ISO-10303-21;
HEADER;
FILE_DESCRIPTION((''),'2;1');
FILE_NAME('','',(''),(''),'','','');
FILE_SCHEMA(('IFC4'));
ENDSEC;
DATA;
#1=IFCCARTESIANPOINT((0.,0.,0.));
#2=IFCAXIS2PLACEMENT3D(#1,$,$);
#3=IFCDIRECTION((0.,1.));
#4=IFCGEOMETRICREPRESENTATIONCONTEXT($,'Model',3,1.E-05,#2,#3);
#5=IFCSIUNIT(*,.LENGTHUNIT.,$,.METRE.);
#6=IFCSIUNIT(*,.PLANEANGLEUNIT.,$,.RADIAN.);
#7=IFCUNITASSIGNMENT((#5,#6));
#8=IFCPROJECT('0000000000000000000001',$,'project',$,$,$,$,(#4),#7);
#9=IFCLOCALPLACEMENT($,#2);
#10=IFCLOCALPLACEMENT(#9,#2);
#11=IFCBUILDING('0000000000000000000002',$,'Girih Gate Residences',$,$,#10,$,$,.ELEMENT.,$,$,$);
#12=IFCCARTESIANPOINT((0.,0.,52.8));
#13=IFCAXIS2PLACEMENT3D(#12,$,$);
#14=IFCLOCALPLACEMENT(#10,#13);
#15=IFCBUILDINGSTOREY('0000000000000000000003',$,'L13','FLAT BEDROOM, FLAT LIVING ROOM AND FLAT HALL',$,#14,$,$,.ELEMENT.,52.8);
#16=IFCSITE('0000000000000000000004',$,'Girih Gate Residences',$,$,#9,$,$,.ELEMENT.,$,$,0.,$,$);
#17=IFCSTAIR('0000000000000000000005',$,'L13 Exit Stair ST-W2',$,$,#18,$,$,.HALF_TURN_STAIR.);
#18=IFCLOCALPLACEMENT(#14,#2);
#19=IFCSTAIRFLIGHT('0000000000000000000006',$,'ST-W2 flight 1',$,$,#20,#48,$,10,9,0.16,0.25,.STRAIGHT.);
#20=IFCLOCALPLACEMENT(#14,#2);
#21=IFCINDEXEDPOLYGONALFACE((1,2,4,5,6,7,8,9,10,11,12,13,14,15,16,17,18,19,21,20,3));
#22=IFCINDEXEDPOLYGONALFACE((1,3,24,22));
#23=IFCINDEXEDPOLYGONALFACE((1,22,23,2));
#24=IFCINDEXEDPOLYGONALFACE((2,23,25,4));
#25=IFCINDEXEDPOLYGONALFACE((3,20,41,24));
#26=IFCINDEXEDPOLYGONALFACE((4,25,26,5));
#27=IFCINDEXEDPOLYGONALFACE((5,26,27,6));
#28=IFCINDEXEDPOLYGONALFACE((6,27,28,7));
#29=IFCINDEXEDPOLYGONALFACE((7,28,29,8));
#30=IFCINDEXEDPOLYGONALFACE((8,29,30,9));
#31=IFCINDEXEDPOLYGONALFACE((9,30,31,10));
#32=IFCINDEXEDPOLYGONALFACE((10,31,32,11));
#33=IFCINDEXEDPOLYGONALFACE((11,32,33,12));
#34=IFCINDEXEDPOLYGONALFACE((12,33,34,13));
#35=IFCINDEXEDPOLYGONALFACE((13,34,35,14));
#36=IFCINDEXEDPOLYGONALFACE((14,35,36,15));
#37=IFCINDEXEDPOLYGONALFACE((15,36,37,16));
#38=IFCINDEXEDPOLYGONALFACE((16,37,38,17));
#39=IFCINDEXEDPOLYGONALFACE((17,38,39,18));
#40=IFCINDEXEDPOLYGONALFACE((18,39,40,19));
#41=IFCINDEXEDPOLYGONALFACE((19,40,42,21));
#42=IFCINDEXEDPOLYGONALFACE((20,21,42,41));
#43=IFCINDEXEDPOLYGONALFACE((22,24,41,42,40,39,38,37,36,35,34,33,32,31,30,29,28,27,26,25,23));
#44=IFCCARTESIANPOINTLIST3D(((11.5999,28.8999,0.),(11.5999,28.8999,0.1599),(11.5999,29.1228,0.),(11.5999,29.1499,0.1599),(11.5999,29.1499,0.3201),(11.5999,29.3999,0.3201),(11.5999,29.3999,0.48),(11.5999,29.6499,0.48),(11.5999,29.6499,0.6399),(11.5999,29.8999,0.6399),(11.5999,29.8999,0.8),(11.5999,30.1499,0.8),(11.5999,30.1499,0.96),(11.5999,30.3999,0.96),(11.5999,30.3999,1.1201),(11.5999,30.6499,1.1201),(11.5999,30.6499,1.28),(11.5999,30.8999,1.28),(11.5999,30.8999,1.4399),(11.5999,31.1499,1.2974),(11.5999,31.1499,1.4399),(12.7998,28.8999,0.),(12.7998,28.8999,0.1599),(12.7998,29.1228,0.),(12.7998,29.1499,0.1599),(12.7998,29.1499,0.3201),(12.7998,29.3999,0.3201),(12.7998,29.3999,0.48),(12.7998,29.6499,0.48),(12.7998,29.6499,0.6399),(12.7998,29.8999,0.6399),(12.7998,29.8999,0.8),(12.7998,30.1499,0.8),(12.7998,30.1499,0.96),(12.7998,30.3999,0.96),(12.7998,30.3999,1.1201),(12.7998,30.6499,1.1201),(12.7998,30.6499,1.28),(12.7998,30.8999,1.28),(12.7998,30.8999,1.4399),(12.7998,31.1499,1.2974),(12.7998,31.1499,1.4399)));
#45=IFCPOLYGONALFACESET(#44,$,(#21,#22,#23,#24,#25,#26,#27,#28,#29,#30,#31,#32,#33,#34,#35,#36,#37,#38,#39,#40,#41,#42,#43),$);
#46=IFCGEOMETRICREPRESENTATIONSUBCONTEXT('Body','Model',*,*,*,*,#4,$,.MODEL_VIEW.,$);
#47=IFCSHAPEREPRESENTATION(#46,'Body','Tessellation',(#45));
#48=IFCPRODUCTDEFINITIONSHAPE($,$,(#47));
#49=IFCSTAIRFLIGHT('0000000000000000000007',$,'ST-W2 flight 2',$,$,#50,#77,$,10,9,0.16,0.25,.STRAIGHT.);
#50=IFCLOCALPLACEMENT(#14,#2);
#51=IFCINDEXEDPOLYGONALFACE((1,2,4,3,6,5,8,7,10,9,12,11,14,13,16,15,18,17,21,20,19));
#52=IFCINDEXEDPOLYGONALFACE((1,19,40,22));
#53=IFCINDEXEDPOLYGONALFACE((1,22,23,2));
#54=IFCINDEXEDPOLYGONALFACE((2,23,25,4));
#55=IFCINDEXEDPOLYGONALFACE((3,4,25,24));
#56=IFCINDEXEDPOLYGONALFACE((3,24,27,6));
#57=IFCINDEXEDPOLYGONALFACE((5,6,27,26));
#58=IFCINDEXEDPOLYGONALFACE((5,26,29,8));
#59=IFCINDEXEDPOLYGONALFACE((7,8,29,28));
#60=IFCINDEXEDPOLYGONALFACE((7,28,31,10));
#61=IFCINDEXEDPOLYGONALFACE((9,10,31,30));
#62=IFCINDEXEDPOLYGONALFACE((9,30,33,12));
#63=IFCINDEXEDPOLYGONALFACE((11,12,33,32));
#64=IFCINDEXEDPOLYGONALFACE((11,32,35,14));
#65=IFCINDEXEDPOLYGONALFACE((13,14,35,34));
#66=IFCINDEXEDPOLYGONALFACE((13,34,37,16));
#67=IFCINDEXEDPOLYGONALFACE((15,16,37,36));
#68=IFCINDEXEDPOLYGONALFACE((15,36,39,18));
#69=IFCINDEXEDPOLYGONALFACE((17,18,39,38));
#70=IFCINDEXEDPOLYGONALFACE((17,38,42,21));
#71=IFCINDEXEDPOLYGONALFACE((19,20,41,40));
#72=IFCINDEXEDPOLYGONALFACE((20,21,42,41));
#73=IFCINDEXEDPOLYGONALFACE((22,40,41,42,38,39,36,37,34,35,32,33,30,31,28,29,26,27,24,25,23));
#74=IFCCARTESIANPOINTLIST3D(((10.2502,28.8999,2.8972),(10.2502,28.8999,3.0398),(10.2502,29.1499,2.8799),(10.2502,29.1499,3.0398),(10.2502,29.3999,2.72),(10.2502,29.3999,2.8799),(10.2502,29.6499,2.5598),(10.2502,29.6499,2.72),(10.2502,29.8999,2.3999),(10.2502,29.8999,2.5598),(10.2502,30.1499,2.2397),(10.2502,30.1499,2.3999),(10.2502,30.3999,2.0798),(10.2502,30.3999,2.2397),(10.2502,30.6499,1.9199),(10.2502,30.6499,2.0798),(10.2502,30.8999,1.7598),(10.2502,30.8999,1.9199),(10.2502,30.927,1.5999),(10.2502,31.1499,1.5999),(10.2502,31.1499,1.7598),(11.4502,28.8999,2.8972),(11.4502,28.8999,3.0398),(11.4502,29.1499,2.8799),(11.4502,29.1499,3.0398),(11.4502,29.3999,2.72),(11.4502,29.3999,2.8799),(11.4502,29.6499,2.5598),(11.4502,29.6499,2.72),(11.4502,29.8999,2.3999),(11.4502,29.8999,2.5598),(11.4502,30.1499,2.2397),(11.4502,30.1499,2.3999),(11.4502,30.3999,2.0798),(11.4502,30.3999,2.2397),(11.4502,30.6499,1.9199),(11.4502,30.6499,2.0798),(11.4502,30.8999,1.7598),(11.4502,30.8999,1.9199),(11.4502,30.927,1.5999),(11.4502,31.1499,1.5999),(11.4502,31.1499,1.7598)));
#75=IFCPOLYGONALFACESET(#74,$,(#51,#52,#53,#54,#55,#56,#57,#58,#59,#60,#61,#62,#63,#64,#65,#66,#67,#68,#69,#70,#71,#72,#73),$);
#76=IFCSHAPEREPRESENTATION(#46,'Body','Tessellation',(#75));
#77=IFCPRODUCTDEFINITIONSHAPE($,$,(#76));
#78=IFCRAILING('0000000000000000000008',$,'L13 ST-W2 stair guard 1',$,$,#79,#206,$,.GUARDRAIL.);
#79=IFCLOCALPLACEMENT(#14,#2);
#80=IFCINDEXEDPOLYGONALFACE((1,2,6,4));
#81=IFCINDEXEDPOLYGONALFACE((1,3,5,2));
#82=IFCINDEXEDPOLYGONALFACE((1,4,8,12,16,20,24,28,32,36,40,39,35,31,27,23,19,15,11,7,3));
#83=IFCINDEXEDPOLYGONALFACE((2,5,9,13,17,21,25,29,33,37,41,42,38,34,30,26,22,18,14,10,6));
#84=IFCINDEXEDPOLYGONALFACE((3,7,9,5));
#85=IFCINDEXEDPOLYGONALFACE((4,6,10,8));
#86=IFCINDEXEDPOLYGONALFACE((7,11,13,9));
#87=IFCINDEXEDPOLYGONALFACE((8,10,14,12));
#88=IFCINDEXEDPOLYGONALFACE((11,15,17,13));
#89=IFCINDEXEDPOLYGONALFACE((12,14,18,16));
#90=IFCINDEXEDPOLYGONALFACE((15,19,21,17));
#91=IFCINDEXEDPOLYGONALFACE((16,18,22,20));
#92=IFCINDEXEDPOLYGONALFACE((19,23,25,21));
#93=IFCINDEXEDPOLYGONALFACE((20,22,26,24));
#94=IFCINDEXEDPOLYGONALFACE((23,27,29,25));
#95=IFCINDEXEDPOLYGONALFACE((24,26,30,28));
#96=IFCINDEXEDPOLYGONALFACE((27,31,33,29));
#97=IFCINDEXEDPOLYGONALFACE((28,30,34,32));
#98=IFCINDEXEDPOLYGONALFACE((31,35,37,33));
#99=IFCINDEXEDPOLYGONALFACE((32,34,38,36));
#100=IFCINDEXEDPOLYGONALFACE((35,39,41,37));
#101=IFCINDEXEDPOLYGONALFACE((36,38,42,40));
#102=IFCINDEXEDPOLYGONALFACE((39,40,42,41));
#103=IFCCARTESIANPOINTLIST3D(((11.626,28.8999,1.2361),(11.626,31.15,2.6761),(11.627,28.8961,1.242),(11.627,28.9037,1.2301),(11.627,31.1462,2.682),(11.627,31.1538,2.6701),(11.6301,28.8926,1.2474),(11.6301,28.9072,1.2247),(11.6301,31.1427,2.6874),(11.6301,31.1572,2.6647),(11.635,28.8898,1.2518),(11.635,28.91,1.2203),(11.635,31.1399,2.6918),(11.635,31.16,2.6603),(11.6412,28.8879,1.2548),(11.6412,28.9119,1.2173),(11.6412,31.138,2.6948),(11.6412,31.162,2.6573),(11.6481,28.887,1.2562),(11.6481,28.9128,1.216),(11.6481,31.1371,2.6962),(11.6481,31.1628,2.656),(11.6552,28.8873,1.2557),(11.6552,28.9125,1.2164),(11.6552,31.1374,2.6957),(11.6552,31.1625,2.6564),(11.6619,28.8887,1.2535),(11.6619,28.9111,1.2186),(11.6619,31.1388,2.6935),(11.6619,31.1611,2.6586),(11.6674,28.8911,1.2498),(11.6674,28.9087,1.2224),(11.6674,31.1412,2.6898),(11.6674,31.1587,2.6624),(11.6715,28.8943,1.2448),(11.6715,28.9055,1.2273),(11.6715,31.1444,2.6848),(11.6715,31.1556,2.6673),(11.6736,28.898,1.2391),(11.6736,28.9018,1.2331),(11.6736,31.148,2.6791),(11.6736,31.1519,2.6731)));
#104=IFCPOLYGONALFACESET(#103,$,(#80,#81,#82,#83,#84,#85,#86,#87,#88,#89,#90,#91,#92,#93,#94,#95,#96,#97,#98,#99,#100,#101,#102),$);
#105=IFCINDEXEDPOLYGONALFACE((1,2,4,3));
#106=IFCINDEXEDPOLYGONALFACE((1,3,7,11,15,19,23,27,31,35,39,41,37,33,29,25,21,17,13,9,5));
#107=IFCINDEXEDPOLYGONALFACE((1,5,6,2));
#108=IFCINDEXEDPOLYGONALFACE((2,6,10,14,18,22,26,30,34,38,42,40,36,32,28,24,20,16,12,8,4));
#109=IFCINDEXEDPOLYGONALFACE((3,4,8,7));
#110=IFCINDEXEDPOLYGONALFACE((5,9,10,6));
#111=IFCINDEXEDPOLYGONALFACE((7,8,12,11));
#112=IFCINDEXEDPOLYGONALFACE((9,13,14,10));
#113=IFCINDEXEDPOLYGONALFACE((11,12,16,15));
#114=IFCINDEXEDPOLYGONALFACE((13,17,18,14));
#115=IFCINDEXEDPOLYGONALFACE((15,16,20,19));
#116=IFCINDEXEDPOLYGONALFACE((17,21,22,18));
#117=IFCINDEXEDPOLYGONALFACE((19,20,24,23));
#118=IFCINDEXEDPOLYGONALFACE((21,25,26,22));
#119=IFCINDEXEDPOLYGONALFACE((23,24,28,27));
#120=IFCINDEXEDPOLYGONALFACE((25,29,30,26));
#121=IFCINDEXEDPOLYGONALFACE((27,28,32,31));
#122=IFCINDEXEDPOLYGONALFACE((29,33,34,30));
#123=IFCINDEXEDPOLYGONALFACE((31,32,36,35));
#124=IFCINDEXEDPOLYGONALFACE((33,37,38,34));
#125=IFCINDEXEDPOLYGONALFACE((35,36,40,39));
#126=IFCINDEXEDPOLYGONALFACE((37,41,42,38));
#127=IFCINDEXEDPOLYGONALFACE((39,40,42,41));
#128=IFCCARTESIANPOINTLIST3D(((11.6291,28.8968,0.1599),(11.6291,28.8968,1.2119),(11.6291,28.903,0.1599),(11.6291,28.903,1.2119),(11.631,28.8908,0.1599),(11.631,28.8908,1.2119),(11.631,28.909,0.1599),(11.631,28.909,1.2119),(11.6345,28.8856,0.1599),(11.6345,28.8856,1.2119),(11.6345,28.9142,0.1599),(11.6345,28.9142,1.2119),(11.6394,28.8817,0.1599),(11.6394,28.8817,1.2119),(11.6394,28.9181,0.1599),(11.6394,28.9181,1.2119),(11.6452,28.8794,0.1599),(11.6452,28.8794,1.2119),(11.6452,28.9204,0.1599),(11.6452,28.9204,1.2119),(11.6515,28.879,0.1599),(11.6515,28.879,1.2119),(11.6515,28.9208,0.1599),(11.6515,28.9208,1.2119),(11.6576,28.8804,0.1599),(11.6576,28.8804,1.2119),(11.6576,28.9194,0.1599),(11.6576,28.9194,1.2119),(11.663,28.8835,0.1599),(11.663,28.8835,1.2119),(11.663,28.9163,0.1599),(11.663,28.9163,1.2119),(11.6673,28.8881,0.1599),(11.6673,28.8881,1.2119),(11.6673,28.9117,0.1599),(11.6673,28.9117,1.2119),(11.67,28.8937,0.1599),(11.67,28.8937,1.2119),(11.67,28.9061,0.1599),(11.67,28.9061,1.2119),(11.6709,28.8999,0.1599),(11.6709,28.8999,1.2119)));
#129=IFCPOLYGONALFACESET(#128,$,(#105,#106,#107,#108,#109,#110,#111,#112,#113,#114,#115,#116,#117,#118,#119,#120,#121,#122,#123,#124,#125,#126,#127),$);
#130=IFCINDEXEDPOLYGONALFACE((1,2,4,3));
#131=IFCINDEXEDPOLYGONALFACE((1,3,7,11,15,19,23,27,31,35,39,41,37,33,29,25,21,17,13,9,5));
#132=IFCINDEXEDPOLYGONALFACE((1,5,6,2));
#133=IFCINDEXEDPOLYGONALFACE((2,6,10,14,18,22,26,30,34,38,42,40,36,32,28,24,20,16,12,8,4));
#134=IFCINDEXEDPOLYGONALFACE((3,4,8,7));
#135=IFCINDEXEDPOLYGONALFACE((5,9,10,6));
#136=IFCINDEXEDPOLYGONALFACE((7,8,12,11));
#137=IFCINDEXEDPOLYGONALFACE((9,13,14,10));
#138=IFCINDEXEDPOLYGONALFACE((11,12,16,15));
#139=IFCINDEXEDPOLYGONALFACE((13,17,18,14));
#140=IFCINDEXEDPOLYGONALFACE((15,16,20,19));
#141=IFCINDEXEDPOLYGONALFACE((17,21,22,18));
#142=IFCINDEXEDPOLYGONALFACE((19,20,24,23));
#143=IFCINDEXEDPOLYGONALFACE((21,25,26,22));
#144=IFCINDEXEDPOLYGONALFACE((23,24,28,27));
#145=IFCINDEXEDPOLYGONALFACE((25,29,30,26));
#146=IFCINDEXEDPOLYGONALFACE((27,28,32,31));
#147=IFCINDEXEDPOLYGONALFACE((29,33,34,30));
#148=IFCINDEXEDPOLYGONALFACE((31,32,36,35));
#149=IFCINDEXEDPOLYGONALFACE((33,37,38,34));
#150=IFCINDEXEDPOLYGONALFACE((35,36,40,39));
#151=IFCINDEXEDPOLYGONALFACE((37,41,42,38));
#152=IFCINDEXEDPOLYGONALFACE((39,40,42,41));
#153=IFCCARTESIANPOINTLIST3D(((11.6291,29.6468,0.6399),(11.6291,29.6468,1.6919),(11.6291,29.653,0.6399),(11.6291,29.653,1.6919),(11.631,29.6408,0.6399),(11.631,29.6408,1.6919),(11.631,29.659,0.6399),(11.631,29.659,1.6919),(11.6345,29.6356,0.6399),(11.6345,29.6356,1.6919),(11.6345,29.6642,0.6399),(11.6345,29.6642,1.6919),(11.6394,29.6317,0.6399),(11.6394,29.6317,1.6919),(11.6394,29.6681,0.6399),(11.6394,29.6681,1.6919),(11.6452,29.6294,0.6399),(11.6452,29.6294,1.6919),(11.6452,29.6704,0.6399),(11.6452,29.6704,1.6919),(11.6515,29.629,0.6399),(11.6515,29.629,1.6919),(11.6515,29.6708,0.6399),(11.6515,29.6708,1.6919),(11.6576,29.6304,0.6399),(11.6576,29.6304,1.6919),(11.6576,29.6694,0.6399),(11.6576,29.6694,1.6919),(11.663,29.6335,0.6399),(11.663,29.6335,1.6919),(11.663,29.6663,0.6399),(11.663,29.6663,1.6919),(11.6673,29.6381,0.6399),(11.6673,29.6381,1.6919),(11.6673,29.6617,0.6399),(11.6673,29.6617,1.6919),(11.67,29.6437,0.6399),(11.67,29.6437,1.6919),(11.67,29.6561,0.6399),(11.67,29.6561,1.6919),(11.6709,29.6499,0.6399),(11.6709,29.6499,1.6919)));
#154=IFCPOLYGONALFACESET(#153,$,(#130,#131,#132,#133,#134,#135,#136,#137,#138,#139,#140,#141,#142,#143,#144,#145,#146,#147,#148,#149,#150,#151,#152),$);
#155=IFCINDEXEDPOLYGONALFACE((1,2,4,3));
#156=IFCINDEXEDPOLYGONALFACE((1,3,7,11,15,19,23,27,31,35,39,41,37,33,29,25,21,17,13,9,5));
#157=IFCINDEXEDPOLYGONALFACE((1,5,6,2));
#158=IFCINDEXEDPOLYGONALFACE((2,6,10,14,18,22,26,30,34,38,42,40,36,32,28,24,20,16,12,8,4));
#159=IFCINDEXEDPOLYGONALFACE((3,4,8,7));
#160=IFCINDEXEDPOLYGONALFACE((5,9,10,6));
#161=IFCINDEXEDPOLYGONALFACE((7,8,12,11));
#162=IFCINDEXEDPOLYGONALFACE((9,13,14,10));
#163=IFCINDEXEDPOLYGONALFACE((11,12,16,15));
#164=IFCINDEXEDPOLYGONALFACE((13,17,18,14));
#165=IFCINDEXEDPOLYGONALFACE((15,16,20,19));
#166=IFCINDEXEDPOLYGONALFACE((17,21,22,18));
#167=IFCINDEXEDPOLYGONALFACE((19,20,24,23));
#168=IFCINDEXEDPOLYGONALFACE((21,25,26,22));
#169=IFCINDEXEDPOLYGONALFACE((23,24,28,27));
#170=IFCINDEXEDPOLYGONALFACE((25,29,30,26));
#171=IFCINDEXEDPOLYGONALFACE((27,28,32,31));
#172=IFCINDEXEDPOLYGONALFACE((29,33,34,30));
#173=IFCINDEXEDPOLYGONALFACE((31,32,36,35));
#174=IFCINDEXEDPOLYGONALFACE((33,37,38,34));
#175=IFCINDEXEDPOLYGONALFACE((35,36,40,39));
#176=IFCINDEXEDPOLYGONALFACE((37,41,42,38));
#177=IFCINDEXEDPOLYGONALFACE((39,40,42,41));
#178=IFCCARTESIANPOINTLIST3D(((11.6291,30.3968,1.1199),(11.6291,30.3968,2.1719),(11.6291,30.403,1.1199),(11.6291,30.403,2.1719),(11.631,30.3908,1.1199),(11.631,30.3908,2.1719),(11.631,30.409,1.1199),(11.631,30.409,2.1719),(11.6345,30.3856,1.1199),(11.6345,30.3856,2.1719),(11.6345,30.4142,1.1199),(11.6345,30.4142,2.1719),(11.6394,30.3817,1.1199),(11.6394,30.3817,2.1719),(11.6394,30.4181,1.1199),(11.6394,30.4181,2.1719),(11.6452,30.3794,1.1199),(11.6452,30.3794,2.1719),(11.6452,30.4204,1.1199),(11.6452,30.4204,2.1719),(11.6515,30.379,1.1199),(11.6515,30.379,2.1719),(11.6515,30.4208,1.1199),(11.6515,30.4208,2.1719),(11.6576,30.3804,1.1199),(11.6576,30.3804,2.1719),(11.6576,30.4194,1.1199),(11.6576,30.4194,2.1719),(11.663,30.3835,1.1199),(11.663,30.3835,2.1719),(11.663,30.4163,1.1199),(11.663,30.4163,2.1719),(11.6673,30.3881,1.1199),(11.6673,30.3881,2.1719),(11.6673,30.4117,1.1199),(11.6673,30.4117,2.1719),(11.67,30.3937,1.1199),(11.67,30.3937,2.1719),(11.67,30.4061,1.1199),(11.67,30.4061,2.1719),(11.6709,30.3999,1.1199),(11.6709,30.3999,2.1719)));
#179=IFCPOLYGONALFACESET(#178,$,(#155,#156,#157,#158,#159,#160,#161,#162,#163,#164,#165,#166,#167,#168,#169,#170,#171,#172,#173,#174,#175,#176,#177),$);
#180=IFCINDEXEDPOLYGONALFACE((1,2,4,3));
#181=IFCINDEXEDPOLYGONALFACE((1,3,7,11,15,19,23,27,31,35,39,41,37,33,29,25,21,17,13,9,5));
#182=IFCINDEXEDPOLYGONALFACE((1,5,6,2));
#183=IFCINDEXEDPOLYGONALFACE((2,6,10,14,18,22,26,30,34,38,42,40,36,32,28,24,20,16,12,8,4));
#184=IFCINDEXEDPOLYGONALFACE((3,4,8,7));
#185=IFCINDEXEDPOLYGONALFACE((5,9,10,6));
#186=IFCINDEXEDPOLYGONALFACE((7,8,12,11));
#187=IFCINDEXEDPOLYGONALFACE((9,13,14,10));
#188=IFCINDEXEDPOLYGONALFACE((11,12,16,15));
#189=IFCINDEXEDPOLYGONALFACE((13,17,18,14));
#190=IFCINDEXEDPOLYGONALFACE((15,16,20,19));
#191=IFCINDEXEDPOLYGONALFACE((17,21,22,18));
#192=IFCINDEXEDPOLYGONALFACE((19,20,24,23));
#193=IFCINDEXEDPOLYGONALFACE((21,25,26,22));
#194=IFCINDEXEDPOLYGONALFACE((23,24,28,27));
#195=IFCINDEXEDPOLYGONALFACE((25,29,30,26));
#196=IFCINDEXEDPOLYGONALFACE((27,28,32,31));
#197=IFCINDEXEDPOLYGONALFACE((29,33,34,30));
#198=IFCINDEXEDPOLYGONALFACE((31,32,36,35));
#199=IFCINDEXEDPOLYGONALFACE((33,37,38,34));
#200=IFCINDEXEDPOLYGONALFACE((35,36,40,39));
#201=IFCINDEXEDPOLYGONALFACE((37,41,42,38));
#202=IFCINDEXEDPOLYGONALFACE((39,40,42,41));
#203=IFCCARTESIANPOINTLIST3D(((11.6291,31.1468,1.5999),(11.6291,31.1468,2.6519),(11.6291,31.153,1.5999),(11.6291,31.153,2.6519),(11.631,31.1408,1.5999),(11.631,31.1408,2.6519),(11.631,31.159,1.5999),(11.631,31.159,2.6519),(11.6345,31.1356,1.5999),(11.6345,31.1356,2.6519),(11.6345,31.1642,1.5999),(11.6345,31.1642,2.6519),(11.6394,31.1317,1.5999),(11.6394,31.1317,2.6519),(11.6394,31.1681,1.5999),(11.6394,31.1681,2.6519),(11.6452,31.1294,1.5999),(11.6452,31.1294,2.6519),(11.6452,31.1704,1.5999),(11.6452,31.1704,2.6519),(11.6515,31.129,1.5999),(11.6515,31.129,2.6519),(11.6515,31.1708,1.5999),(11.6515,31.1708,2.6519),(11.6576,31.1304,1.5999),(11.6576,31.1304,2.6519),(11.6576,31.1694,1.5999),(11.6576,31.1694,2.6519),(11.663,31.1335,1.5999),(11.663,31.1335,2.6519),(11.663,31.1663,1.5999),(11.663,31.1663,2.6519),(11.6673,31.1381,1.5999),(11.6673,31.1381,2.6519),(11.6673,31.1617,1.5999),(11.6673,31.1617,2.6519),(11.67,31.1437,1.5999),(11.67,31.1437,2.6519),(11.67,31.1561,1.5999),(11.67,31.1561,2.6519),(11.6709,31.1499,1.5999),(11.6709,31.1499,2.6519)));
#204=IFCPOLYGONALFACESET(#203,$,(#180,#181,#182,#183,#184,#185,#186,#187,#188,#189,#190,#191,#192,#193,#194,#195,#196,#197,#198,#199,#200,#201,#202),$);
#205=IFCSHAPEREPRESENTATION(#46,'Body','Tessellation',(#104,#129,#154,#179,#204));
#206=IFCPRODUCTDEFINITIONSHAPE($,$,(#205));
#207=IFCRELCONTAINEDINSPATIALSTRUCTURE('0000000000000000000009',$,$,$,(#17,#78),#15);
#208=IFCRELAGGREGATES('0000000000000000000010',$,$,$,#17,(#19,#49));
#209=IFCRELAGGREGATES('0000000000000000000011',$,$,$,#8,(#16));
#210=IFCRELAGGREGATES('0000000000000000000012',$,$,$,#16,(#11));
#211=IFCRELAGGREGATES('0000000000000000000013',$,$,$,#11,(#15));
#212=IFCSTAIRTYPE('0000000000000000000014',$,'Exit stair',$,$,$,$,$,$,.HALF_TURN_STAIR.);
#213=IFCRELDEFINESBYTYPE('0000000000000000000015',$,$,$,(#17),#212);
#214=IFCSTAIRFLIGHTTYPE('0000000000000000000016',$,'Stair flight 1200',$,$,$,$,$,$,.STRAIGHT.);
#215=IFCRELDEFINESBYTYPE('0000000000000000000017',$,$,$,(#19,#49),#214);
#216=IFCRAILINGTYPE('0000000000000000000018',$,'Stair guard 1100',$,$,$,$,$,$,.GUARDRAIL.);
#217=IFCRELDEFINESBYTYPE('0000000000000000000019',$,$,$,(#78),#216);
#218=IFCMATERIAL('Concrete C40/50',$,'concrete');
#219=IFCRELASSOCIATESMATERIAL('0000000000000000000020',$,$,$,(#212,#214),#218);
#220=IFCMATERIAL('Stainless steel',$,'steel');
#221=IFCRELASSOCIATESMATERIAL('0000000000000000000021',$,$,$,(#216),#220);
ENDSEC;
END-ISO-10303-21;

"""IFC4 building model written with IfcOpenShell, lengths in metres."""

from ifc_helpers import new_model, si_unit, direction, frame, origin, origin_2d, place, context, subcontext, project, spatial, polyline, circle, outline, extrude, material, type_object, element, aggregate, save


model = new_model("IFC4")

# Units and contexts
model_context = context("Model", 3, precision=1e-05, world=origin(), true_north=direction((0.0, 1.0)))
body_context = subcontext(model_context, "Body", "Model", "MODEL_VIEW")
ifc_project = project(units=[si_unit("LENGTHUNIT", "METRE"), si_unit("PLANEANGLEUNIT", "RADIAN")], contexts=[model_context])

# Site, building, storey
site_placement = place(None, origin())
site = spatial("IfcSite", under=ifc_project, at=site_placement, Name="Girih Gate Residences", CompositionType="ELEMENT", RefElevation=0.0)
building_placement = place(site_placement, origin())
building = spatial("IfcBuilding", under=site, at=building_placement, Name="Girih Gate Residences", CompositionType="ELEMENT")
storey_placement = place(building_placement, frame((0.0, 0.0, 52.8)))
storey = spatial("IfcBuildingStorey", under=building, at=storey_placement, Name="L13", Description="FLAT BEDROOM, FLAT LIVING ROOM AND FLAT HALL", CompositionType="ELEMENT", Elevation=52.8)

# Shared definitions
ifc_material_1 = material(Name="Concrete C40/50", Category="concrete")

# Stair, stair flights
stair_type = type_object("IfcStairType", Name="Exit stair", PredefinedType="HALF_TURN_STAIR", material=ifc_material_1)
stair_placement = place(storey_placement, origin())
stair = element("IfcStair", 1, at=stair_placement, inside=storey, type_object=stair_type, Name="L13 Exit Stair ST-W2", PredefinedType="HALF_TURN_STAIR")
stair_flight_type = type_object("IfcStairFlightType", Name="Stair flight 1200", PredefinedType="STRAIGHT", material=ifc_material_1)
stair_flight_1_placement = place(storey_placement, frame((12.2, 28.8999, 0.0), z_axis=(0.0, 0.0, 1.0), x_axis=(0.0, 1.0, 0.0)))
stair_flight_1 = element("IfcStairFlight", 2, at=stair_flight_1_placement, type_object=stair_flight_type, Name="ST-W2 flight 1", NumberOfRisers=10, NumberOfTreads=9, PredefinedType="STRAIGHT", RiserHeight=0.16, TreadLength=0.25, context=body_context, shape_type="SweptSolid", body=[
    extrude(outline(polyline([(0.0, 0.0), (0.0, 0.1599), (0.25, 0.1599), (0.25, 0.3201), (0.5, 0.3201), (0.5, 0.48), (0.75, 0.48), (0.75, 0.6399), (1.0, 0.6399), (1.0, 0.8), (1.25, 0.8), (1.25, 0.96), (1.5, 0.96), (1.5, 1.1201), (1.75, 1.1201), (1.75, 1.28), (2.0, 1.28), (2.0, 1.4399), (2.25, 1.4399), (2.25, 1.6001), (2.25, 1.2974), (0.2229, 0.0), (0.0, 0.0)])), frame((0.0, 0.6001, 0.0), z_axis=(0.0, -1.0, 0.0), x_axis=(1.0, 0.0, 0.0)), (0.0, 0.0, 1.0), 1.2),
])
stair_flight_2_placement = place(storey_placement, frame((10.8501, 31.1499, 1.5999), z_axis=(0.0, 0.0, 1.0), x_axis=(0.0, -1.0, 0.0)))
stair_flight_2 = element("IfcStairFlight", 3, at=stair_flight_2_placement, type_object=stair_flight_type, Name="ST-W2 flight 2", NumberOfRisers=10, NumberOfTreads=9, PredefinedType="STRAIGHT", RiserHeight=0.16, TreadLength=0.25, context=body_context, shape_type="SweptSolid", body=[
    extrude(outline(polyline([(0.0, 0.0), (0.0, 0.1599), (0.25, 0.1599), (0.25, 0.3201), (0.5, 0.3201), (0.5, 0.48), (0.75, 0.48), (0.75, 0.6399), (1.0, 0.6399), (1.0, 0.8), (1.25, 0.8), (1.25, 0.96), (1.5, 0.96), (1.5, 1.1201), (1.75, 1.1201), (1.75, 1.28), (2.0, 1.28), (2.0, 1.4399), (2.25, 1.4399), (2.25, 1.6001), (2.25, 1.2974), (0.2229, 0.0), (0.0, 0.0)])), frame((0.0, 0.6001, 0.0), z_axis=(0.0, -1.0, 0.0), x_axis=(1.0, 0.0, 0.0)), (0.0, 0.0, 1.0), 1.2),
])
aggregate(stair, [stair_flight_1, stair_flight_2])

# Railing
ifc_material_2 = material(Name="Stainless steel", Category="steel")
railing_type_1 = type_object("IfcRailingType", Name="Stair guard 1100", PredefinedType="GUARDRAIL", material=ifc_material_2)
railing_1_placement = place(storey_placement, frame((11.6499, 28.8999, 0.1599)))
element("IfcRailing", 4, at=railing_1_placement, inside=storey, type_object=railing_type_1, Name="L13 ST-W2 stair guard 1", PredefinedType="GUARDRAIL", context=body_context, shape_type="SweptSolid", body=[
    extrude(circle(Radius=0.0239, at=origin_2d()), frame((0.0, 0.0, 1.0762), z_axis=(0.0, 0.842281, 0.539038), x_axis=(-1.0, 0.0, 0.0)), (0.0, 0.0, 1.0), 2.6714),
    extrude(circle(Radius=0.021, at=origin_2d()), origin(), (0.0, 0.0, 1.0), 1.052),
    extrude(circle(Radius=0.021, at=origin_2d()), frame((0.0, 0.75, 0.48)), (0.0, 0.0, 1.0), 1.052),
    extrude(circle(Radius=0.021, at=origin_2d()), frame((0.0, 1.5, 0.96)), (0.0, 0.0, 1.0), 1.052),
    extrude(circle(Radius=0.021, at=origin_2d()), frame((0.0, 2.25, 1.4399)), (0.0, 0.0, 1.0), 1.052),
])

save(model, "model.ifc")
